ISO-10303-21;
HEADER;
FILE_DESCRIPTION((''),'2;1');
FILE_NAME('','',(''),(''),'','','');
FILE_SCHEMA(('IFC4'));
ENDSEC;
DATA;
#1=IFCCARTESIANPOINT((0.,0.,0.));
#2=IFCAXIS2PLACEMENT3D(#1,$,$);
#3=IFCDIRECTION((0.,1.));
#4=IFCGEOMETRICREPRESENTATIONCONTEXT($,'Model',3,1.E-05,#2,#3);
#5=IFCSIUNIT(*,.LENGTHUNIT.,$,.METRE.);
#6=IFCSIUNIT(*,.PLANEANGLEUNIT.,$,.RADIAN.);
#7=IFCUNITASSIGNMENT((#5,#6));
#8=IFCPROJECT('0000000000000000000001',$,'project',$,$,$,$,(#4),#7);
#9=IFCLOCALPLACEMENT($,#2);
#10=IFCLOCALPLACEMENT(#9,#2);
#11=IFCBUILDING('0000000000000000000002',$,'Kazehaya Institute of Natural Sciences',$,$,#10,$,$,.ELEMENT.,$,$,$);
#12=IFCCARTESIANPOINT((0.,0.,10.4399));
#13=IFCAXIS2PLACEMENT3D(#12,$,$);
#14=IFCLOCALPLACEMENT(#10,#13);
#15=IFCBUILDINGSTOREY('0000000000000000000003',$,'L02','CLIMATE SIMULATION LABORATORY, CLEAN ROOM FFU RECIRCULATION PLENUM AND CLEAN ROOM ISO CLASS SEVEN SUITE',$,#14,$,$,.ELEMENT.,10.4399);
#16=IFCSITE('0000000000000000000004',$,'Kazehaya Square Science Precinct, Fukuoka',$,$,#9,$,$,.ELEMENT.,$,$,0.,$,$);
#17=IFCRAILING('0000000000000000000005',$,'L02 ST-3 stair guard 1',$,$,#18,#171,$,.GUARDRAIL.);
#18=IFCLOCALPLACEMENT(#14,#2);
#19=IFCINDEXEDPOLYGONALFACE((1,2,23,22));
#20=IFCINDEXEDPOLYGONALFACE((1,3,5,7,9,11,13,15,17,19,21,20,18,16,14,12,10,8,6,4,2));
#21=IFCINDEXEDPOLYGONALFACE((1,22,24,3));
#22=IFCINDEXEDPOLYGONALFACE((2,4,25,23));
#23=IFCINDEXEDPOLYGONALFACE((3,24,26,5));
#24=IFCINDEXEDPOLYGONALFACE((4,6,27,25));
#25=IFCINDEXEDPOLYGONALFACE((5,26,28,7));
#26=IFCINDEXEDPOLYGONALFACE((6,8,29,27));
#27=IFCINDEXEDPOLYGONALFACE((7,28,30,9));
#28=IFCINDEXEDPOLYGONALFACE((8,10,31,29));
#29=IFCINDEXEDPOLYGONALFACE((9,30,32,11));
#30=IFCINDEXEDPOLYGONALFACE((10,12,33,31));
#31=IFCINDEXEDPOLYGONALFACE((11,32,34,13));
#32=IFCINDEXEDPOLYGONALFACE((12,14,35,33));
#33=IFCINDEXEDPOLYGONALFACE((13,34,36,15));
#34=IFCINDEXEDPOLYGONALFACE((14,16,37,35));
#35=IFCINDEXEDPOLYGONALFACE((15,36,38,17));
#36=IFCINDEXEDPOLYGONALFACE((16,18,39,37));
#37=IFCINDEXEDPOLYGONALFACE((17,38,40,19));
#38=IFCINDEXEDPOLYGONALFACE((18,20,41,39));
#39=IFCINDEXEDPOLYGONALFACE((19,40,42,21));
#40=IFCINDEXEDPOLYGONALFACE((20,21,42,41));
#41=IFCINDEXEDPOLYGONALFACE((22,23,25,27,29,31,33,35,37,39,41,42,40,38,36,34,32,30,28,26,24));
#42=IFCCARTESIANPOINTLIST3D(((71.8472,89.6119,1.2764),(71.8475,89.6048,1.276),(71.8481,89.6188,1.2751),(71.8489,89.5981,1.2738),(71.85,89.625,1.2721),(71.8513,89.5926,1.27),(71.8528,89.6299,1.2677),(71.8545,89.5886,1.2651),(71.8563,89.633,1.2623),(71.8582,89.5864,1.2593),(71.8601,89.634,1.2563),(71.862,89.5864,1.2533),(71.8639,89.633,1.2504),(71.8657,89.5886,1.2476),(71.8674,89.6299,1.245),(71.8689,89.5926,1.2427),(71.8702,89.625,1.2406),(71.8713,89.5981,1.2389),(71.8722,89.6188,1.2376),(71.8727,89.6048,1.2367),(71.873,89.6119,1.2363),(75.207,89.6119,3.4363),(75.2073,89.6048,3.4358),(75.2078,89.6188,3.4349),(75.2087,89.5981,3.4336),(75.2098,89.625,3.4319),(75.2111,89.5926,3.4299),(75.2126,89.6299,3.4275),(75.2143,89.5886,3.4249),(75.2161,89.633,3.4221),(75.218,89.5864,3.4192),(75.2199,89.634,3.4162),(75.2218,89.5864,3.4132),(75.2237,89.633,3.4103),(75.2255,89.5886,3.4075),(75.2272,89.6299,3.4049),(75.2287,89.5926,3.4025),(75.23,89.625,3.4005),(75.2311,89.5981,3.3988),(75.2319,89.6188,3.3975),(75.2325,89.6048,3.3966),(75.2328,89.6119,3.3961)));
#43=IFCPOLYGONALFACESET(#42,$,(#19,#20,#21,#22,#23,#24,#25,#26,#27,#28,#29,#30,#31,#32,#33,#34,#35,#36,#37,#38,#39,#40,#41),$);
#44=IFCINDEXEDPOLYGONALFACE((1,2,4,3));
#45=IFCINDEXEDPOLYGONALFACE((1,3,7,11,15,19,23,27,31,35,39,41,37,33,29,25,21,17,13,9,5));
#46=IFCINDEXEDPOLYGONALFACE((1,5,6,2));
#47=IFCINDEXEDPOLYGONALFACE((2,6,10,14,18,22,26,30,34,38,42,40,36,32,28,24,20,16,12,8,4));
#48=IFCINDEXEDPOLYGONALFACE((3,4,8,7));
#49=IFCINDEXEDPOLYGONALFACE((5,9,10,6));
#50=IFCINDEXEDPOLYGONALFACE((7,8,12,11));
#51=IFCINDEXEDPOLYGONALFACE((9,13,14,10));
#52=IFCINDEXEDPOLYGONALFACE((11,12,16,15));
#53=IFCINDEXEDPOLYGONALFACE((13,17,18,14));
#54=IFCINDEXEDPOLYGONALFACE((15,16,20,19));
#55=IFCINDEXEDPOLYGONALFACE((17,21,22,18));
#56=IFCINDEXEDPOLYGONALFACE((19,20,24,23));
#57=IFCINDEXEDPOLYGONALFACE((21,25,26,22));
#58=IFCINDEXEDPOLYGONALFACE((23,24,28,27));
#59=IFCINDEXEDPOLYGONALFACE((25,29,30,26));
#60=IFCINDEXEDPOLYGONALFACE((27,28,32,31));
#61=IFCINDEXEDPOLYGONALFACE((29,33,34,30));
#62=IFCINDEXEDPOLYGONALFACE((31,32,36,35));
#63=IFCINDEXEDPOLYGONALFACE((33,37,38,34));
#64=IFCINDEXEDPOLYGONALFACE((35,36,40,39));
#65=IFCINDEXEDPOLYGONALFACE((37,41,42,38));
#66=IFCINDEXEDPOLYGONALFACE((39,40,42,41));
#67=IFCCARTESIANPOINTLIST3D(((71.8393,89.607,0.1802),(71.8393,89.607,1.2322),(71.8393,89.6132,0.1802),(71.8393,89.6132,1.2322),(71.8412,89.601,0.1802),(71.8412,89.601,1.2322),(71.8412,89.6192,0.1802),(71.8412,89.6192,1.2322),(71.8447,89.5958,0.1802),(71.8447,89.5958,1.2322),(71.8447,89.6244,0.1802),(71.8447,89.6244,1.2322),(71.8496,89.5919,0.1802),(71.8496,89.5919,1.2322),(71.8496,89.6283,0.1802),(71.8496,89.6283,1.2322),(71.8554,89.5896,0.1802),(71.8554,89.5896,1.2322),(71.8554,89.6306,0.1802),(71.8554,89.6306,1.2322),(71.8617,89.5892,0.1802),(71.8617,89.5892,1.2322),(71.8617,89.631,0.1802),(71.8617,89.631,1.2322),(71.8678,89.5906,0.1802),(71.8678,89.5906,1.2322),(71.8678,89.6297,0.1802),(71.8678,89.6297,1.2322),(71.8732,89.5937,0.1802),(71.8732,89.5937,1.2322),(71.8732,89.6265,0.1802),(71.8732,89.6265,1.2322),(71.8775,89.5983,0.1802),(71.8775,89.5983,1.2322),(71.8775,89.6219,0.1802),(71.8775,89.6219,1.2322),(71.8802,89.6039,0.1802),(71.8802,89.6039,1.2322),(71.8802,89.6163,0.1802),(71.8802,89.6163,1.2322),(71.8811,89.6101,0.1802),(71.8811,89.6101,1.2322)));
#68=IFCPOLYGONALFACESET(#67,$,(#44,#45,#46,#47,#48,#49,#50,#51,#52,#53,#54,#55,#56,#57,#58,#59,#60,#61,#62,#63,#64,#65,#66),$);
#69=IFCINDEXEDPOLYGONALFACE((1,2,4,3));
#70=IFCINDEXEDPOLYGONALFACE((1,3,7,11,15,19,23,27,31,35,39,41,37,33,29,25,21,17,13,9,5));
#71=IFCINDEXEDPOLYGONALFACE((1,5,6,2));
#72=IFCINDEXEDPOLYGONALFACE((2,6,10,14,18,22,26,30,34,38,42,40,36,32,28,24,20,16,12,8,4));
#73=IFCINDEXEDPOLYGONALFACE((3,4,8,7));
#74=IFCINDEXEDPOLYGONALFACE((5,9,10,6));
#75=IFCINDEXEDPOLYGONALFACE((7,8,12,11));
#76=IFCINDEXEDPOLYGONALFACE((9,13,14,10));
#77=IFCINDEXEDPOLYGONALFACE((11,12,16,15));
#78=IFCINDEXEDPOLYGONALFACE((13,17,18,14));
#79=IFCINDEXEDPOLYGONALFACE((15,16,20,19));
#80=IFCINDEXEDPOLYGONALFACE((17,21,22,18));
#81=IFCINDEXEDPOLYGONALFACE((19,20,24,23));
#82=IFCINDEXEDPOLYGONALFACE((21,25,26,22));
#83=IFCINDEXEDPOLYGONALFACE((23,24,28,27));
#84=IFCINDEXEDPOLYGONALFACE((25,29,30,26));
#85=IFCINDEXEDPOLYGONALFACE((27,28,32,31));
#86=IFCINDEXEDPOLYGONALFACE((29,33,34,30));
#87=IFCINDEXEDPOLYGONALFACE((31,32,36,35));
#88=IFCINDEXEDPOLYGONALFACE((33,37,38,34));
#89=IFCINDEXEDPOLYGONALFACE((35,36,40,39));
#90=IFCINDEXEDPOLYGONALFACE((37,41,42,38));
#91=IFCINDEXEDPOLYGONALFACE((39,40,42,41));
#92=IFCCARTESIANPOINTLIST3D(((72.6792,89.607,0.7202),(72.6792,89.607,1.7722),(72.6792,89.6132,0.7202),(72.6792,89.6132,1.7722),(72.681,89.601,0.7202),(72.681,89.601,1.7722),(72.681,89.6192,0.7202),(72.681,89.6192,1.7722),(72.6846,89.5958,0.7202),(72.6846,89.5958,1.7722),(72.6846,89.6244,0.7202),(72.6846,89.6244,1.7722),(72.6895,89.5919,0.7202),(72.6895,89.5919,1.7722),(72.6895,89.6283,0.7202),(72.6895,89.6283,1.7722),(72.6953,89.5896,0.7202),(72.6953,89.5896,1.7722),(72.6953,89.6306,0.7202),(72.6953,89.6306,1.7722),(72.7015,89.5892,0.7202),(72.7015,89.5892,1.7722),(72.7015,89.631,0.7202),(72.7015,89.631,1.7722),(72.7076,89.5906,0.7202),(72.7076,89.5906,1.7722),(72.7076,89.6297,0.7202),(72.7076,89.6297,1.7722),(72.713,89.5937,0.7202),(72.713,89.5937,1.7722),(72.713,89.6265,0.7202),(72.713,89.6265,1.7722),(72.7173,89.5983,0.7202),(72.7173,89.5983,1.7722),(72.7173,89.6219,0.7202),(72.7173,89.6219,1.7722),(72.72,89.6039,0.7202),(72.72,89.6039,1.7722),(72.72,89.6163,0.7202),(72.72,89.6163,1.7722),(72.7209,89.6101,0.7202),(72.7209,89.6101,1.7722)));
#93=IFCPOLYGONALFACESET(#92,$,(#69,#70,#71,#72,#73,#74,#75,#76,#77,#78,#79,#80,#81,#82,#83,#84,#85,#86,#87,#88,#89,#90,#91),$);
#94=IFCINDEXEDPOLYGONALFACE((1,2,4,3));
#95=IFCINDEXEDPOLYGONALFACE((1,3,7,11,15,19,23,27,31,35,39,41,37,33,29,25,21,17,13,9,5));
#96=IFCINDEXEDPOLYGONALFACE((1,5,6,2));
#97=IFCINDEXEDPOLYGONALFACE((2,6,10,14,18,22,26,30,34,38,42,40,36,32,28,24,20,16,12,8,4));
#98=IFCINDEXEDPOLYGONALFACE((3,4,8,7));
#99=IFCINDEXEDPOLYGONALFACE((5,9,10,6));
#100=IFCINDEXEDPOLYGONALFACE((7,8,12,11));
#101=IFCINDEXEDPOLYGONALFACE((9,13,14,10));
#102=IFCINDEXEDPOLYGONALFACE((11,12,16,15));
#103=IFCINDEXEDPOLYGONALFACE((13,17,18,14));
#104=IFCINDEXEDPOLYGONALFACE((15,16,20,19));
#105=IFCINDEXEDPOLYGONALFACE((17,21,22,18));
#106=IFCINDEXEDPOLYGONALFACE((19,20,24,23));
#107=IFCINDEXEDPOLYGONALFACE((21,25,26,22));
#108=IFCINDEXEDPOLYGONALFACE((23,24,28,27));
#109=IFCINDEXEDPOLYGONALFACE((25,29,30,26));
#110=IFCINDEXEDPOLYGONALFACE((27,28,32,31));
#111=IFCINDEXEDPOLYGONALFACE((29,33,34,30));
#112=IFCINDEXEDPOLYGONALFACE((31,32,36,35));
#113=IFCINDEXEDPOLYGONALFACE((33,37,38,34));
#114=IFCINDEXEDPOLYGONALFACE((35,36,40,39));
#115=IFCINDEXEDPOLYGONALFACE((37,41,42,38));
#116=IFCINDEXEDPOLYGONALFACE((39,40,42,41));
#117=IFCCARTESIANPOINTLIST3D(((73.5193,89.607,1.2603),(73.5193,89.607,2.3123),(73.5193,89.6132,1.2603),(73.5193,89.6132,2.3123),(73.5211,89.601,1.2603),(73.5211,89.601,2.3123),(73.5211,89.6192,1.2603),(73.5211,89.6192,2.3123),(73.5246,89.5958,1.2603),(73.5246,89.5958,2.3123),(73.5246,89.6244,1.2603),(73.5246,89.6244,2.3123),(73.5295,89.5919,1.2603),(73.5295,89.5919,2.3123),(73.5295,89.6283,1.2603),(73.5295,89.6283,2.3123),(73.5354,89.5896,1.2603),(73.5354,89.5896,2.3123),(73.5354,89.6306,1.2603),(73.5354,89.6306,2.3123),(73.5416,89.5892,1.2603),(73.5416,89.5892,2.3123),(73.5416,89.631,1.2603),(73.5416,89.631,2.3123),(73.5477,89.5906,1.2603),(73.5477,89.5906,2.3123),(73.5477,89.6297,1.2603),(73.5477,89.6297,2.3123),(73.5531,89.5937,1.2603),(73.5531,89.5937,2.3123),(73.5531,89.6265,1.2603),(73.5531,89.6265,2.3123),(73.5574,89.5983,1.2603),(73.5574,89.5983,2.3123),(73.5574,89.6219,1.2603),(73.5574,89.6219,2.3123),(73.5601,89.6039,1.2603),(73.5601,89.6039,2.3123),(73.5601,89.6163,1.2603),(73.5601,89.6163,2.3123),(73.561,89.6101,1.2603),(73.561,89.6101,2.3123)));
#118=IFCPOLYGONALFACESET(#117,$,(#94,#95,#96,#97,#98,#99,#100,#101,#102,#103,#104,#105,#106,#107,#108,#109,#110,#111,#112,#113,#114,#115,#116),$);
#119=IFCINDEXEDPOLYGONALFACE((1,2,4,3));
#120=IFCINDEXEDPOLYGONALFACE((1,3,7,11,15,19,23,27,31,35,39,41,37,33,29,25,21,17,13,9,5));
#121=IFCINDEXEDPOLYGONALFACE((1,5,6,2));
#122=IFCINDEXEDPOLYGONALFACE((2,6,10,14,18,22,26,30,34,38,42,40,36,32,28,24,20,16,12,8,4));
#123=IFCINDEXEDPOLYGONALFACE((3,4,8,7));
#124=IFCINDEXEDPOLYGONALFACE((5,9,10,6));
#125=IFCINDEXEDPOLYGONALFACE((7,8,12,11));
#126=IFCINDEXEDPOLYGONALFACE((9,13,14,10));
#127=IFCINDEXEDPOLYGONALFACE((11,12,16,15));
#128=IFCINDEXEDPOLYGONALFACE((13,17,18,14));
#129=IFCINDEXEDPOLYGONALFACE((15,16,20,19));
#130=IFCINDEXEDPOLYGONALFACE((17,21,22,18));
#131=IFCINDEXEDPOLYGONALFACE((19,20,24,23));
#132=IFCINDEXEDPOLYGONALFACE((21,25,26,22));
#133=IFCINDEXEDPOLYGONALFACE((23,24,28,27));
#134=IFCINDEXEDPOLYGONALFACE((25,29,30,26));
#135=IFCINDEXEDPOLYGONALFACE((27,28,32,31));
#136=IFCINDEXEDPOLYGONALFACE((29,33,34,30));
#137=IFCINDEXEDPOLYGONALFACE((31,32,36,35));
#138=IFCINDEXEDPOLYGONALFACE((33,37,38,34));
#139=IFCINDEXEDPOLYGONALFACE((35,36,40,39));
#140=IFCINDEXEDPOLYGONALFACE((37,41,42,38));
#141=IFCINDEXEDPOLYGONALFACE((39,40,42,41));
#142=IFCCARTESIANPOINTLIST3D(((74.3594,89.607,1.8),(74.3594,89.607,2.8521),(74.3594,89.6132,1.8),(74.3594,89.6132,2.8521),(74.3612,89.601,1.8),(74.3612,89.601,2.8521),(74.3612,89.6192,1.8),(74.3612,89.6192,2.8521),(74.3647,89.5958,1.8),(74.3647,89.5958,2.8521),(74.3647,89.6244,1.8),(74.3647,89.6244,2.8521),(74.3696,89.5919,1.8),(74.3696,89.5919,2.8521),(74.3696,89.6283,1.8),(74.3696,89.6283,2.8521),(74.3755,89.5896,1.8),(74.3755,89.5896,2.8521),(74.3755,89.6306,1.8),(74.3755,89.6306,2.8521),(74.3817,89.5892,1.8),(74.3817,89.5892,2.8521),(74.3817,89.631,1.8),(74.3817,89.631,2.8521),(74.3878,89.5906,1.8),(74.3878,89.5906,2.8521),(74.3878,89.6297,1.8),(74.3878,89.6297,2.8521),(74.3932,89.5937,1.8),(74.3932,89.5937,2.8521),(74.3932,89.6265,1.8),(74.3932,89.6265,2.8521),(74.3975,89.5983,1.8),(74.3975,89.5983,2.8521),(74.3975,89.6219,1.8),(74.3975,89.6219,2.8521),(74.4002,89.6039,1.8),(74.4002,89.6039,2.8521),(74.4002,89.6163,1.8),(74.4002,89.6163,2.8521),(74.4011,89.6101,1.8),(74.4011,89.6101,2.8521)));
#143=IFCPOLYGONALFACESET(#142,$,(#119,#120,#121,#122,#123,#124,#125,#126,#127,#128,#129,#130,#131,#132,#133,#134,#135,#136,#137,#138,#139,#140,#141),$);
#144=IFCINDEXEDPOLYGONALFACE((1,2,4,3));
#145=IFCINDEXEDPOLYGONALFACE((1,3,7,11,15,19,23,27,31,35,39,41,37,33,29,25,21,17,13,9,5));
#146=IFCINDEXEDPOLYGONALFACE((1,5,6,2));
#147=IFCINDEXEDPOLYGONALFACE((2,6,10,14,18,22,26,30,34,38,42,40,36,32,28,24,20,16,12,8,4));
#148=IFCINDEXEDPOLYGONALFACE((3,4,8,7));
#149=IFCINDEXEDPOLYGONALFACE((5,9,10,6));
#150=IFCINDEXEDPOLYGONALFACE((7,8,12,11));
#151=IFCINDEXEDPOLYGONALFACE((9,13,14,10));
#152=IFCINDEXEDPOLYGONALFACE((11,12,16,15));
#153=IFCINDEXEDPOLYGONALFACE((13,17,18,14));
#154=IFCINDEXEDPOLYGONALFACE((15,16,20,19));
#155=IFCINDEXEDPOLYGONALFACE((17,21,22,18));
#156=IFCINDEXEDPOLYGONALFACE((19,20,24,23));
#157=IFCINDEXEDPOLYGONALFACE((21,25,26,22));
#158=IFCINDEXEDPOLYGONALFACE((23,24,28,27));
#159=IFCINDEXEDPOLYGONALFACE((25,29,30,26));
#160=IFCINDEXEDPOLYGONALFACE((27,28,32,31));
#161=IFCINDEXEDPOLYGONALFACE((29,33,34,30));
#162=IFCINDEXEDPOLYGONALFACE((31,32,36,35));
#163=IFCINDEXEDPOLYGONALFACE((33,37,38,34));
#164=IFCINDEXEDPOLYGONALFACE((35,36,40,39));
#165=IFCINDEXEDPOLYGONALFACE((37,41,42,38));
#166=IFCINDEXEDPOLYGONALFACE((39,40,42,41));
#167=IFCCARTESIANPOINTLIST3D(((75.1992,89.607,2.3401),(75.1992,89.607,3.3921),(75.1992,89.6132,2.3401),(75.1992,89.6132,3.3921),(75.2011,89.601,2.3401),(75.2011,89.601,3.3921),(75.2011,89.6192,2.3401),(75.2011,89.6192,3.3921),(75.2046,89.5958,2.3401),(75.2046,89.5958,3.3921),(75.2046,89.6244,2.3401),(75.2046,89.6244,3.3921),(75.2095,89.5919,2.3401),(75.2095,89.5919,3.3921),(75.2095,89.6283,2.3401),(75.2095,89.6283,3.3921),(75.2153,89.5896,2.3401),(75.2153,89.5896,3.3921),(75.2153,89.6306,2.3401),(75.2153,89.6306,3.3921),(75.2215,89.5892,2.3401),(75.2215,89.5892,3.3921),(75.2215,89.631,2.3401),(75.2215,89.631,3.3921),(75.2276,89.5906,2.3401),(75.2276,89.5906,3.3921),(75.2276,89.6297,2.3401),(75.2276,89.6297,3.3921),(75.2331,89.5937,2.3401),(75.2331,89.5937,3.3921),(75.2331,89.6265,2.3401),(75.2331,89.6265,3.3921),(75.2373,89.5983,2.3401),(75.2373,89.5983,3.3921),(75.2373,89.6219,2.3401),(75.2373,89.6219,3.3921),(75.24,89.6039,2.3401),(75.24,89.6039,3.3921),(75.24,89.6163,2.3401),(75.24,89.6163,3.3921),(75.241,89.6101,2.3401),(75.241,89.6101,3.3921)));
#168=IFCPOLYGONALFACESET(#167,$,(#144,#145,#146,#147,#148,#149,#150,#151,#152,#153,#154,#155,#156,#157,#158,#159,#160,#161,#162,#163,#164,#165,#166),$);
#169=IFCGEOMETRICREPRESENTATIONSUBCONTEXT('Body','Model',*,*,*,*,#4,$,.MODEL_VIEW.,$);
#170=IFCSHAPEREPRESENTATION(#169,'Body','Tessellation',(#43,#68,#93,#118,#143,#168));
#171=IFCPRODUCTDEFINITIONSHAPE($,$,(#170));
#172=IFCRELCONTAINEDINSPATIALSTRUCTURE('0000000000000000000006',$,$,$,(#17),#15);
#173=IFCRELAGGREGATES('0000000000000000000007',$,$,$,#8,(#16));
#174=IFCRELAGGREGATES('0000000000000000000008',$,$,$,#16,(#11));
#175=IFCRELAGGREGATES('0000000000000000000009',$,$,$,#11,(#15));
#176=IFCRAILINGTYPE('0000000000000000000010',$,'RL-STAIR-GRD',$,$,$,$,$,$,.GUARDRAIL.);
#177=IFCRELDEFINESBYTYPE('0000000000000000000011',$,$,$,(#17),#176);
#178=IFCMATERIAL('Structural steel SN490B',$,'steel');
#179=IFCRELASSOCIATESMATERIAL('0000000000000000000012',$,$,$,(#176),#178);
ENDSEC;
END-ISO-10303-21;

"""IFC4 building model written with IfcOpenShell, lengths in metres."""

from ifc_helpers import new_model, si_unit, direction, frame, origin, origin_2d, place, context, subcontext, project, spatial, circle, extrude, material, type_object, element, save


model = new_model("IFC4")

# Units and contexts
model_context = context("Model", 3, precision=1e-05, world=origin(), true_north=direction((0.0, 1.0)))
body_context = subcontext(model_context, "Body", "Model", "MODEL_VIEW")
ifc_project = project(units=[si_unit("LENGTHUNIT", "METRE"), si_unit("PLANEANGLEUNIT", "RADIAN")], contexts=[model_context])

# Site, building, storey
site_placement = place(None, origin())
site = spatial("IfcSite", under=ifc_project, at=site_placement, Name="Kazehaya Square Science Precinct, Fukuoka", CompositionType="ELEMENT", RefElevation=0.0)
building_placement = place(site_placement, origin())
building = spatial("IfcBuilding", under=site, at=building_placement, Name="Kazehaya Institute of Natural Sciences", CompositionType="ELEMENT")
storey_placement = place(building_placement, frame((0.0, 0.0, 10.4399)))
storey = spatial("IfcBuildingStorey", under=building, at=storey_placement, Name="L02", Description="CLIMATE SIMULATION LABORATORY, CLEAN ROOM FFU RECIRCULATION PLENUM AND CLEAN ROOM ISO CLASS SEVEN SUITE", CompositionType="ELEMENT", Elevation=10.4399)

# Railing
ifc_material_1 = material(Name="Structural steel SN490B", Category="steel")
railing_type = type_object("IfcRailingType", Name="RL-STAIR-GRD", PredefinedType="GUARDRAIL", material=ifc_material_1)
railing_placement = place(storey_placement, frame((71.8601, 89.6101, 0.1802)))
element("IfcRailing", 1, at=railing_placement, inside=storey, type_object=railing_type, Name="L02 ST-3 stair guard 1", PredefinedType="GUARDRAIL", context=body_context, shape_type="SweptSolid", body=[
    extrude(circle(Radius=0.0239, at=origin_2d()), frame((0.0, 0.0, 1.0762), z_axis=(0.841178, 0.0, 0.540758), x_axis=(0.0, 1.0, 0.0)), (0.0, 0.0, 1.0), 3.9941),
    extrude(circle(Radius=0.021, at=origin_2d()), origin(), (0.0, 0.0, 1.0), 1.052),
    extrude(circle(Radius=0.021, at=origin_2d()), frame((0.8398, 0.0, 0.54)), (0.0, 0.0, 1.0), 1.052),
    extrude(circle(Radius=0.021, at=origin_2d()), frame((1.6799, 0.0, 1.0801)), (0.0, 0.0, 1.0), 1.052),
    extrude(circle(Radius=0.021, at=origin_2d()), frame((2.52, 0.0, 1.6199)), (0.0, 0.0, 1.0), 1.052),
    extrude(circle(Radius=0.021, at=origin_2d()), frame((3.3599, 0.0, 2.1599)), (0.0, 0.0, 1.0), 1.052),
])

save(model, "model.ifc")
